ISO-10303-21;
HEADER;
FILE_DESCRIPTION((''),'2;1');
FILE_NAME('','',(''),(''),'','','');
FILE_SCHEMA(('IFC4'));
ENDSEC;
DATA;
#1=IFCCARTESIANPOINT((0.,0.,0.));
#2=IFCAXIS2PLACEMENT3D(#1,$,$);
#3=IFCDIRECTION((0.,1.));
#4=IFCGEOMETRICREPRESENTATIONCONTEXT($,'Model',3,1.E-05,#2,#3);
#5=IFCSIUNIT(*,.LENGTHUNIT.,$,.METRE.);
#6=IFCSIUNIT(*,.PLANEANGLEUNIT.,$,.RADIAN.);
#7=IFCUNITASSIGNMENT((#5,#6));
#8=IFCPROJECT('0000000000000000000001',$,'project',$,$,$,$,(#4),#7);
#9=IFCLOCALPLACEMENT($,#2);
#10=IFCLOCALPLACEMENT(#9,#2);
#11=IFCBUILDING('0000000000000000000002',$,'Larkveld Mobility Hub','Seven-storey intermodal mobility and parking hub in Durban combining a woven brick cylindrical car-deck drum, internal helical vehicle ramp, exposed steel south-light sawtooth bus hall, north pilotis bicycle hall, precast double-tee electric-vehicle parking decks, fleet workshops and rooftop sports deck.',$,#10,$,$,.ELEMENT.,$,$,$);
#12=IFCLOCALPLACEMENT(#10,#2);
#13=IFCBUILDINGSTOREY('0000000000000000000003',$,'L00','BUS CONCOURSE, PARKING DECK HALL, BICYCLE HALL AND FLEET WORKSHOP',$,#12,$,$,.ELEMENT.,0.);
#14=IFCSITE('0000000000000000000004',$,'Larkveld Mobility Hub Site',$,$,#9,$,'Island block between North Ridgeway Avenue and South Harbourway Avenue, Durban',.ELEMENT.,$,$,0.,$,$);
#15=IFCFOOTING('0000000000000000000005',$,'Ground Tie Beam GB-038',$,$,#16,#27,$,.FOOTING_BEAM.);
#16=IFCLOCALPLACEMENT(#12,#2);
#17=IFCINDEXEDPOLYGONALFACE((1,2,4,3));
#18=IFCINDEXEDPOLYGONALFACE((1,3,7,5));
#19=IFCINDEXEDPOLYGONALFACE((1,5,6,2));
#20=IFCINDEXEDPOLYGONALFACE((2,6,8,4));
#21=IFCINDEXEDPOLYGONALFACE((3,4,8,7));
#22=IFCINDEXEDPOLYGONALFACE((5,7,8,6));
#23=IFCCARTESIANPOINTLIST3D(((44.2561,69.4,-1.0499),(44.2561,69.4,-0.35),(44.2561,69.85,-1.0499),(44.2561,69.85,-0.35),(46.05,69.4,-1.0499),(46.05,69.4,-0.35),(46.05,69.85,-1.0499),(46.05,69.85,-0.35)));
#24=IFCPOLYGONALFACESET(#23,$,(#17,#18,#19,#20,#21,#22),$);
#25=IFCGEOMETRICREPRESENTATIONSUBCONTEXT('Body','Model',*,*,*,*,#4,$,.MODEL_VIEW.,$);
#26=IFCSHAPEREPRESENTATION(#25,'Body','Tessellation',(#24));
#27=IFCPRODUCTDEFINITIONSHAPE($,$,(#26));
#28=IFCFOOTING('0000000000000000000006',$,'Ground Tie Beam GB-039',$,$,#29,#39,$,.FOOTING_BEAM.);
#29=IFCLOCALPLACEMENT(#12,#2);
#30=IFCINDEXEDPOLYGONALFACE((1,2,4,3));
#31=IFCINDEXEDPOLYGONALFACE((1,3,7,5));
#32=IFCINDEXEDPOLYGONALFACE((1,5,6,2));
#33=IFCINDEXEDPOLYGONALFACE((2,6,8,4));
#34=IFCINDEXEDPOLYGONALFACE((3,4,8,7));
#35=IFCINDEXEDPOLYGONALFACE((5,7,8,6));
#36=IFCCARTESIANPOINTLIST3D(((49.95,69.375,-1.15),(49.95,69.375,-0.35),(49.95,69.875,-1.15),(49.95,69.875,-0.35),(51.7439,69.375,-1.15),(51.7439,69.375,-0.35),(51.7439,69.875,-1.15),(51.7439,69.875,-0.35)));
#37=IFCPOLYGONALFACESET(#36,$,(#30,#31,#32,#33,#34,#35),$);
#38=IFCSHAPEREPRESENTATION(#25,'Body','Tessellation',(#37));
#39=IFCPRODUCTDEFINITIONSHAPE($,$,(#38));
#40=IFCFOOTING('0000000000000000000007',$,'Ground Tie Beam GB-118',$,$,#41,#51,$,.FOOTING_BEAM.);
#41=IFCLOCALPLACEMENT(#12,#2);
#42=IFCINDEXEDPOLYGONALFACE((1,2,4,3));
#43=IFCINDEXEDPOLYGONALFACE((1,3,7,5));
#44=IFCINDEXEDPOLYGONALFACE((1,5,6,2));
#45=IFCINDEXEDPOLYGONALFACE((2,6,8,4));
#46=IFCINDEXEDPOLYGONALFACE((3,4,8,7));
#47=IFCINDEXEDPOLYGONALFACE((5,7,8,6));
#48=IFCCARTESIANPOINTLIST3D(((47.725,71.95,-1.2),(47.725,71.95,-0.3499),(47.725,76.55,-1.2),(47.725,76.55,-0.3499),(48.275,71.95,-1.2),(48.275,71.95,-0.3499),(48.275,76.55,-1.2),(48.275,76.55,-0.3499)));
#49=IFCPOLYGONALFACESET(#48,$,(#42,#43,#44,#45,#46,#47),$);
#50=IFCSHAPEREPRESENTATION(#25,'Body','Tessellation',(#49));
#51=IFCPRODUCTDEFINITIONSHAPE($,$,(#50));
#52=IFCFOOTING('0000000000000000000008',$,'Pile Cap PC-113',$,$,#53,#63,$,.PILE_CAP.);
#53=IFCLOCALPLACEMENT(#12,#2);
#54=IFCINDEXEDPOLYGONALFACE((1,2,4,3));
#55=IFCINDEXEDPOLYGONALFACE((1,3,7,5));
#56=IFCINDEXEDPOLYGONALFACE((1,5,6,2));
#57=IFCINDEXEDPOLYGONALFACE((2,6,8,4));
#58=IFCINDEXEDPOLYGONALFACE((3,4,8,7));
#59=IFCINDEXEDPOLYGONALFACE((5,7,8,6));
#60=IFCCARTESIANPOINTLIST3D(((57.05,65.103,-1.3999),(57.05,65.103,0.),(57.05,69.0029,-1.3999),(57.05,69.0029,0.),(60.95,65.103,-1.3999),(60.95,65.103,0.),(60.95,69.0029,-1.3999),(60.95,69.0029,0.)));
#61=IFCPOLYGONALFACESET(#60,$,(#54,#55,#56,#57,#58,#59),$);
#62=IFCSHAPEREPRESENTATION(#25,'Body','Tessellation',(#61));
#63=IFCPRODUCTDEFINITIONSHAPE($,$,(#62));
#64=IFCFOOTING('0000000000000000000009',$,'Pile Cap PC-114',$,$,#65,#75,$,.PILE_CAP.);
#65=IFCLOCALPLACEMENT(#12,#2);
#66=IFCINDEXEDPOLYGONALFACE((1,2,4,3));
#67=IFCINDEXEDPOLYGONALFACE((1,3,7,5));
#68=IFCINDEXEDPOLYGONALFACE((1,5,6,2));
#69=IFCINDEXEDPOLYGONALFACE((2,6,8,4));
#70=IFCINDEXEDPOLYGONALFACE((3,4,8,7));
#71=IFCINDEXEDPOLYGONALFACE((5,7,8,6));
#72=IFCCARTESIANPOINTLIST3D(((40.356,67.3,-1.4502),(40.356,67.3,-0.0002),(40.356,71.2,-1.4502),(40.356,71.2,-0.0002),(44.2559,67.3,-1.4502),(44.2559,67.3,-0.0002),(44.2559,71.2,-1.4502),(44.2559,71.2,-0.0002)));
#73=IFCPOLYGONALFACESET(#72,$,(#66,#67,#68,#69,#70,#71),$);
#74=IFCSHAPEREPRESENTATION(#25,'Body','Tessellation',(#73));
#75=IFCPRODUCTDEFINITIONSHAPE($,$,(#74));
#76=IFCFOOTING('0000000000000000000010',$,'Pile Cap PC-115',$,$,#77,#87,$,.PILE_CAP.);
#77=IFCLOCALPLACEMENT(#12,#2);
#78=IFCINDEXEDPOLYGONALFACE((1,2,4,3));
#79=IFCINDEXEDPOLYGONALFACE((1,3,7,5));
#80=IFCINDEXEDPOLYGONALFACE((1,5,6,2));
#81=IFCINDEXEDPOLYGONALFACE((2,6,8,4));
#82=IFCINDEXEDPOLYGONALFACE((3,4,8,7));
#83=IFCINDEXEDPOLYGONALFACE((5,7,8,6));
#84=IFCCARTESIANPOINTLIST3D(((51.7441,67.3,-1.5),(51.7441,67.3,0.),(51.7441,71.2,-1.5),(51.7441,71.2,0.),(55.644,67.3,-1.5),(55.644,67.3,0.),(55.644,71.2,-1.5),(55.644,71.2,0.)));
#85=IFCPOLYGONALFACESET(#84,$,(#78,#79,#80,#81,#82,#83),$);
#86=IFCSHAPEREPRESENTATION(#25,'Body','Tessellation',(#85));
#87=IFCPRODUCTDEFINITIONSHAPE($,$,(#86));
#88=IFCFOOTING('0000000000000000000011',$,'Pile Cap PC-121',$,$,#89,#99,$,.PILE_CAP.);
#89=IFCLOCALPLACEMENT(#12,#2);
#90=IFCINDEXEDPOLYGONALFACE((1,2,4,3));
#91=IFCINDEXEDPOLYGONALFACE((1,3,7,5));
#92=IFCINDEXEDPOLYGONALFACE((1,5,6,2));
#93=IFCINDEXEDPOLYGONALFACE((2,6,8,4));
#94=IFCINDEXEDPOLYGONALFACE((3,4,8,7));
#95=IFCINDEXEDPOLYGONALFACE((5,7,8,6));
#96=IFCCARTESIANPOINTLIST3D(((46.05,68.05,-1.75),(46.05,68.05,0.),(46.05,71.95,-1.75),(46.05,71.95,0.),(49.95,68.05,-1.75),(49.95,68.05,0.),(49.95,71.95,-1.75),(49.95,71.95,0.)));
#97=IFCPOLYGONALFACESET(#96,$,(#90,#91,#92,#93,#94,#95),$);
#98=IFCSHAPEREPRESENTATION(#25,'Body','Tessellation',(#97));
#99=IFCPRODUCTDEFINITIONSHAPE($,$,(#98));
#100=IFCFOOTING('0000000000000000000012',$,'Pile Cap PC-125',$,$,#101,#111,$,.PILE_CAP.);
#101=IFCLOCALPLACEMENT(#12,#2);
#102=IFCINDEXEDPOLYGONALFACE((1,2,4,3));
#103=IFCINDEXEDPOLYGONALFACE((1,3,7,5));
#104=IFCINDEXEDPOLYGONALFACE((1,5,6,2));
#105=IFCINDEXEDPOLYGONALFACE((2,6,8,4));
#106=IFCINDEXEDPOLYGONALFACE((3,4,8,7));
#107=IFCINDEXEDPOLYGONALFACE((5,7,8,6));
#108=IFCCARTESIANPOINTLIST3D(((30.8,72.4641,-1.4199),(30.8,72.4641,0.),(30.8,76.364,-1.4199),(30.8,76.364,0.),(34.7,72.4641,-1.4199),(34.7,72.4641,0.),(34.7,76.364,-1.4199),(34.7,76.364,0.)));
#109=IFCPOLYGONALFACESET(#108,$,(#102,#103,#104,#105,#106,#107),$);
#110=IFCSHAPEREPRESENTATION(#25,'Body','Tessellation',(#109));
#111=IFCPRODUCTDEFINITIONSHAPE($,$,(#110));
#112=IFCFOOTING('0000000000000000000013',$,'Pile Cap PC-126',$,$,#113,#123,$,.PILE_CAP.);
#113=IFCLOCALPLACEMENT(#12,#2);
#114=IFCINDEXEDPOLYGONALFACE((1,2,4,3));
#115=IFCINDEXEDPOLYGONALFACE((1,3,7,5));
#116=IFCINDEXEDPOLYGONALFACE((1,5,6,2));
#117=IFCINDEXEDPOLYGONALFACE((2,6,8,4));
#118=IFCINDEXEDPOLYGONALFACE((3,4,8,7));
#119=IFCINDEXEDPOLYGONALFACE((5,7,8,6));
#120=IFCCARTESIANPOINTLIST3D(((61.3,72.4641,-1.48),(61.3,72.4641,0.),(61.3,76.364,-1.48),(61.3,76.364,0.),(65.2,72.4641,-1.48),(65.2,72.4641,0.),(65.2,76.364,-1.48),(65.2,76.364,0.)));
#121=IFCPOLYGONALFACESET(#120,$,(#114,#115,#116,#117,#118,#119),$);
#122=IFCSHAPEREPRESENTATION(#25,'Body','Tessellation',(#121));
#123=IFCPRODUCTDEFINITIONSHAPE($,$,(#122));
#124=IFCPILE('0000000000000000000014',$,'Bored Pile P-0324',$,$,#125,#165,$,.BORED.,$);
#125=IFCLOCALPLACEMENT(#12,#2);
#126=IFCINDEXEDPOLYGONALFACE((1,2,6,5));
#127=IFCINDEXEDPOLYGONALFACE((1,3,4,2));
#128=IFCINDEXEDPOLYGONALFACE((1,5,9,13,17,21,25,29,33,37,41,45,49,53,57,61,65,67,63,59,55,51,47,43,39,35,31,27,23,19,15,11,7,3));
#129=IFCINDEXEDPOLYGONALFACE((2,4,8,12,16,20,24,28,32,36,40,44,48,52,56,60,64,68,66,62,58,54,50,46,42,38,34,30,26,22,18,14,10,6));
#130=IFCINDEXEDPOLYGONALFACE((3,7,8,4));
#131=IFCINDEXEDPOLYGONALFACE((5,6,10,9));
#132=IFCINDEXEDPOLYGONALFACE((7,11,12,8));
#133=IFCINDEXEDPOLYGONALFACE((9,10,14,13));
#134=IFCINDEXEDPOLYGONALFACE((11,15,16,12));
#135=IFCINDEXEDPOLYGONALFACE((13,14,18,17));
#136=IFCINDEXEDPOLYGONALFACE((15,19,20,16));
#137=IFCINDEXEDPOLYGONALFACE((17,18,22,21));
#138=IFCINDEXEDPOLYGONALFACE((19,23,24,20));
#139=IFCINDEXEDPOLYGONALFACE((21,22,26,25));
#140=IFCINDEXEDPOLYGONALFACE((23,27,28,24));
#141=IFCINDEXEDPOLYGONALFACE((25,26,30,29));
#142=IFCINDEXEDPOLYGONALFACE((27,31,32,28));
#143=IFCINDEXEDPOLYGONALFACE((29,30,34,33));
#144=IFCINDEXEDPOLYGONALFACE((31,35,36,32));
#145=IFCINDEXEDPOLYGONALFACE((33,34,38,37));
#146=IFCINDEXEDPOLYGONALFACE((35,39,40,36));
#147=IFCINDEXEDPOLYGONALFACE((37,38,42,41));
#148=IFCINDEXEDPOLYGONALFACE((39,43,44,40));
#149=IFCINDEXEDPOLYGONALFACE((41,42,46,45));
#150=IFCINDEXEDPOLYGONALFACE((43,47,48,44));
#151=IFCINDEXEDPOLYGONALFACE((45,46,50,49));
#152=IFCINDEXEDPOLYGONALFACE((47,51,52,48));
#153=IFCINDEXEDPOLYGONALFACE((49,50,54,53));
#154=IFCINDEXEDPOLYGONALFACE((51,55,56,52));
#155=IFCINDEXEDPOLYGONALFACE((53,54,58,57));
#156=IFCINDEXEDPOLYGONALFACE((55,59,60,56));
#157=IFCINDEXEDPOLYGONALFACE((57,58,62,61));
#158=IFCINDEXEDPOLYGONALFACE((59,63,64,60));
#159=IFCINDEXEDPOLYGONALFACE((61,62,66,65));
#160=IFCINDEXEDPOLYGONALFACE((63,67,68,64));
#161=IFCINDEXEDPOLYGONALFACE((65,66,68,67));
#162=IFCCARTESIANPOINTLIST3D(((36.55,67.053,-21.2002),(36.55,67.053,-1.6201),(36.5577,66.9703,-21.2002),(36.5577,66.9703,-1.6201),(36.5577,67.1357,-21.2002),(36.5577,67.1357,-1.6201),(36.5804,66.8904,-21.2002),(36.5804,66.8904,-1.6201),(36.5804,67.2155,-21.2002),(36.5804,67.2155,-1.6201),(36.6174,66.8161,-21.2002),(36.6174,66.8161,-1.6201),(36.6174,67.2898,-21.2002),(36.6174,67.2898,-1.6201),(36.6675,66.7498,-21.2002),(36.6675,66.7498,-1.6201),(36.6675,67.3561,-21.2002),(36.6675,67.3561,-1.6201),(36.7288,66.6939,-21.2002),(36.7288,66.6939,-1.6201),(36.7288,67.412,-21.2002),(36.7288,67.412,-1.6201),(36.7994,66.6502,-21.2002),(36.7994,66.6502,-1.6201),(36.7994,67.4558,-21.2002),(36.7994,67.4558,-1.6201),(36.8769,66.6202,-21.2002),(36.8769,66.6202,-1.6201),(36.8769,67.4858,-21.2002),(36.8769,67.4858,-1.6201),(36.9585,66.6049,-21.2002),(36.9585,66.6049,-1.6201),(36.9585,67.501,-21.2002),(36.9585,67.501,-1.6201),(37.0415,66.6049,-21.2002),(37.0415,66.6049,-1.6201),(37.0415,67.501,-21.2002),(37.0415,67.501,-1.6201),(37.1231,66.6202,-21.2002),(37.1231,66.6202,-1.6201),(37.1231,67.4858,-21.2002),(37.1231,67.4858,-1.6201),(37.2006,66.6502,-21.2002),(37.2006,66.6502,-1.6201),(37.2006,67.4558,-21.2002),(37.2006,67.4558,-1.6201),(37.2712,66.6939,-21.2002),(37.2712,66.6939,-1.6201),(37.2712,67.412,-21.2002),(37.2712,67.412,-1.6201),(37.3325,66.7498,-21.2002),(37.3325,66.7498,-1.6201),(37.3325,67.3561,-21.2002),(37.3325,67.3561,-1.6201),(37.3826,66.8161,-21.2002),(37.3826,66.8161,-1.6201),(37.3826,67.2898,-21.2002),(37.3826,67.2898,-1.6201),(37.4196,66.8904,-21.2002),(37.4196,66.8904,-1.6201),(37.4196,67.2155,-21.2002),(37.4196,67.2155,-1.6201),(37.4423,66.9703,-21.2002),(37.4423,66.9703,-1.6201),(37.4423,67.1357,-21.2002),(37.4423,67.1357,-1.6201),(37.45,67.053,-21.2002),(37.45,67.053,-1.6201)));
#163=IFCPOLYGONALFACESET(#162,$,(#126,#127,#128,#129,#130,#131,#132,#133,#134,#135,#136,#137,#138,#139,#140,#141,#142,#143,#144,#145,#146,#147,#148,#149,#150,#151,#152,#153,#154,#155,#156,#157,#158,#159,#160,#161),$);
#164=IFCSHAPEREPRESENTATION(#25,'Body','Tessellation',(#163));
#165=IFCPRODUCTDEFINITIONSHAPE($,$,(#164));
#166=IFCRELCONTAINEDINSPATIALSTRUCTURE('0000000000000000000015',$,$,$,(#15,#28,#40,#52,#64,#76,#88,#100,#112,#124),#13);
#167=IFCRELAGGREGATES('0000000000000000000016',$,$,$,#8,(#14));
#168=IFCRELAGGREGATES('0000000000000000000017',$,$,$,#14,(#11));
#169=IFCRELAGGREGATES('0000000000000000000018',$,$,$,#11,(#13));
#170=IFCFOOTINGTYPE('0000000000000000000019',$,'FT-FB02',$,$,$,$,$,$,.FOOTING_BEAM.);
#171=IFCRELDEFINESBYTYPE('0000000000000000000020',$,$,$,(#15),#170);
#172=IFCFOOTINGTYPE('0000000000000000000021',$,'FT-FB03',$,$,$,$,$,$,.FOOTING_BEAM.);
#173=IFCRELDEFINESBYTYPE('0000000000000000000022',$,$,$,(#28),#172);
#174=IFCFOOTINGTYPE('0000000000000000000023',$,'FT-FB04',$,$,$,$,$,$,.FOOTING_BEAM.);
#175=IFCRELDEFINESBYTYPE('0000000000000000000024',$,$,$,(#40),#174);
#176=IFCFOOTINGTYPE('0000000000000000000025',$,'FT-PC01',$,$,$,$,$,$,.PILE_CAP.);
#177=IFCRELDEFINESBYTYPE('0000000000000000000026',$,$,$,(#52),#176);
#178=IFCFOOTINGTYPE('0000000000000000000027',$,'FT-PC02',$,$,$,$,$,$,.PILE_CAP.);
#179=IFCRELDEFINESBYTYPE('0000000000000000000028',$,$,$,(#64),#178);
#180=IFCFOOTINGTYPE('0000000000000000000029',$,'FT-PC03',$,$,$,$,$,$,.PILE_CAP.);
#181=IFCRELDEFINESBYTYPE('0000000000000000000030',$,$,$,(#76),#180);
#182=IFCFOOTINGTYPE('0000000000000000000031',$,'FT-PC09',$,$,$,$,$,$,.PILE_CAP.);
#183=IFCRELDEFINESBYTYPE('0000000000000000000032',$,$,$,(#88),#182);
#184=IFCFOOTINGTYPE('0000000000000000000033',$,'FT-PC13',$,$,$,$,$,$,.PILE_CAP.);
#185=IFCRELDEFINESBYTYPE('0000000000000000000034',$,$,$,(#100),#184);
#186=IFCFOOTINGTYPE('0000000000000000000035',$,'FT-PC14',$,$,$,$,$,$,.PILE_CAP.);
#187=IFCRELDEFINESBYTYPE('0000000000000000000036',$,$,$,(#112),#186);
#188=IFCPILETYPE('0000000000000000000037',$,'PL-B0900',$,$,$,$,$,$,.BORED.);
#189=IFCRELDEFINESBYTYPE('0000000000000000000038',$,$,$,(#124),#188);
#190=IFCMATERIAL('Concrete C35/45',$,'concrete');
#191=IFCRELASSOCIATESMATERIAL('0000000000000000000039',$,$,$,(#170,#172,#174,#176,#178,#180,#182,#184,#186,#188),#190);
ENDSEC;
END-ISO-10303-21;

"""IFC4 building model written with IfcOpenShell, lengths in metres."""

from ifc_helpers import new_model, si_unit, direction, frame, origin, origin_2d, place, context, subcontext, project, spatial, rectangle, circle, extrude, material, material_profile, profile_set, type_object, element, save


model = new_model("IFC4")

# Units and contexts
model_context = context("Model", 3, precision=1e-05, world=origin(), true_north=direction((0.0, 1.0)))
body_context = subcontext(model_context, "Body", "Model", "MODEL_VIEW")
ifc_project = project(units=[si_unit("LENGTHUNIT", "METRE"), si_unit("PLANEANGLEUNIT", "RADIAN")], contexts=[model_context])

# Site, building, storey
site_placement = place(None, origin())
site = spatial("IfcSite", under=ifc_project, at=site_placement, Name="Larkveld Mobility Hub Site", LongName="Island block between North Ridgeway Avenue and South Harbourway Avenue, Durban", CompositionType="ELEMENT", RefElevation=0.0)
building_placement = place(site_placement, origin())
building = spatial("IfcBuilding", under=site, at=building_placement, Name="Larkveld Mobility Hub", Description="Seven-storey intermodal mobility and parking hub in Durban combining a woven brick cylindrical car-deck drum, internal helical vehicle ramp, exposed steel south-light sawtooth bus hall, north pilotis bicycle hall, precast double-tee electric-vehicle parking decks, fleet workshops and rooftop sports deck.", CompositionType="ELEMENT")
storey_placement = place(building_placement, origin())
storey = spatial("IfcBuildingStorey", under=building, at=storey_placement, Name="L00", Description="BUS CONCOURSE, PARKING DECK HALL, BICYCLE HALL AND FLEET WORKSHOP", CompositionType="ELEMENT", Elevation=0.0)

# Footings
ifc_material_1 = material(Name="Concrete C35/45", Category="concrete")
ifc_material_profile_1 = material_profile(ifc_material_1, rectangle(XDim=0.45, YDim=0.7, at=origin_2d()), Name="RC BM 450x700")
ifc_profile_set_1 = profile_set([ifc_material_profile_1], Name="Concrete C35/45")
footing_type_1 = type_object("IfcFootingType", Name="FT-FB02", PredefinedType="FOOTING_BEAM", material=ifc_profile_set_1)
footing_1_placement = place(storey_placement, frame((44.2561, 69.625, -0.7), z_axis=(1.0, 0.0, 0.0), x_axis=(0.0, 1.0, 0.0)))
element("IfcFooting", 1, at=footing_1_placement, inside=storey, type_object=footing_type_1, Name="Ground Tie Beam GB-038", PredefinedType="FOOTING_BEAM", context=body_context, shape_type="SweptSolid", body=[
    extrude(rectangle(XDim=0.45, YDim=0.7, at=origin_2d()), origin(), (0.0, 0.0, 1.0), 1.7939),
])
ifc_material_profile_2 = material_profile(ifc_material_1, rectangle(XDim=0.5, YDim=0.8, at=origin_2d()), Name="RC BM 500x800")
ifc_profile_set_2 = profile_set([ifc_material_profile_2], Name="Concrete C35/45")
footing_type_2 = type_object("IfcFootingType", Name="FT-FB03", PredefinedType="FOOTING_BEAM", material=ifc_profile_set_2)
footing_2_placement = place(storey_placement, frame((49.95, 69.625, -0.75), z_axis=(1.0, 0.0, 0.0), x_axis=(0.0, 1.0, 0.0)))
element("IfcFooting", 2, at=footing_2_placement, inside=storey, type_object=footing_type_2, Name="Ground Tie Beam GB-039", PredefinedType="FOOTING_BEAM", context=body_context, shape_type="SweptSolid", body=[
    extrude(rectangle(XDim=0.5, YDim=0.8, at=origin_2d()), origin(), (0.0, 0.0, 1.0), 1.7939),
])
ifc_material_profile_3 = material_profile(ifc_material_1, rectangle(XDim=0.55, YDim=0.8501, at=origin_2d()), Name="RC BM 550x850")
ifc_profile_set_3 = profile_set([ifc_material_profile_3], Name="Concrete C35/45")
footing_type_3 = type_object("IfcFootingType", Name="FT-FB04", PredefinedType="FOOTING_BEAM", material=ifc_profile_set_3)
footing_3_placement = place(storey_placement, frame((48.0, 71.95, -0.7749), z_axis=(0.0, 1.0, 0.0), x_axis=(-1.0, 0.0, 0.0)))
element("IfcFooting", 3, at=footing_3_placement, inside=storey, type_object=footing_type_3, Name="Ground Tie Beam GB-118", PredefinedType="FOOTING_BEAM", context=body_context, shape_type="SweptSolid", body=[
    extrude(rectangle(XDim=0.55, YDim=0.8501, at=origin_2d()), origin(), (0.0, 0.0, 1.0), 4.6001),
])
footing_type_4 = type_object("IfcFootingType", Name="FT-PC01", PredefinedType="PILE_CAP", material=ifc_material_1)
footing_4_placement = place(storey_placement, frame((59.0, 67.053, -1.3999), z_axis=(0.0, 0.0, 1.0), x_axis=(1.0, 0.0, 0.0)))
element("IfcFooting", 4, at=footing_4_placement, inside=storey, type_object=footing_type_4, Name="Pile Cap PC-113", PredefinedType="PILE_CAP", context=body_context, shape_type="SweptSolid", body=[
    extrude(rectangle(XDim=3.8999, YDim=3.8999, at=origin_2d()), origin(), (0.0, 0.0, 1.0), 1.3999),
])
footing_type_5 = type_object("IfcFootingType", Name="FT-PC02", PredefinedType="PILE_CAP", material=ifc_material_1)
footing_5_placement = place(storey_placement, frame((42.3059, 69.25, -1.4502), z_axis=(0.0, 0.0, 1.0), x_axis=(1.0, 0.0, 0.0)))
element("IfcFooting", 5, at=footing_5_placement, inside=storey, type_object=footing_type_5, Name="Pile Cap PC-114", PredefinedType="PILE_CAP", context=body_context, shape_type="SweptSolid", body=[
    extrude(rectangle(XDim=3.8999, YDim=3.8999, at=origin_2d()), origin(), (0.0, 0.0, 1.0), 1.45),
])
footing_type_6 = type_object("IfcFootingType", Name="FT-PC03", PredefinedType="PILE_CAP", material=ifc_material_1)
footing_6_placement = place(storey_placement, frame((53.6941, 69.25, -1.5), z_axis=(0.0, 0.0, 1.0), x_axis=(1.0, 0.0, 0.0)))
element("IfcFooting", 6, at=footing_6_placement, inside=storey, type_object=footing_type_6, Name="Pile Cap PC-115", PredefinedType="PILE_CAP", context=body_context, shape_type="SweptSolid", body=[
    extrude(rectangle(XDim=3.8999, YDim=3.8999, at=origin_2d()), origin(), (0.0, 0.0, 1.0), 1.5),
])
footing_type_7 = type_object("IfcFootingType", Name="FT-PC09", PredefinedType="PILE_CAP", material=ifc_material_1)
footing_7_placement = place(storey_placement, frame((48.0, 70.0, -1.75), z_axis=(0.0, 0.0, 1.0), x_axis=(1.0, 0.0, 0.0)))
element("IfcFooting", 7, at=footing_7_placement, inside=storey, type_object=footing_type_7, Name="Pile Cap PC-121", PredefinedType="PILE_CAP", context=body_context, shape_type="SweptSolid", body=[
    extrude(rectangle(XDim=3.8999, YDim=3.8999, at=origin_2d()), origin(), (0.0, 0.0, 1.0), 1.75),
])
footing_type_8 = type_object("IfcFootingType", Name="FT-PC13", PredefinedType="PILE_CAP", material=ifc_material_1)
footing_8_placement = place(storey_placement, frame((32.75, 74.4141, -1.4199), z_axis=(0.0, 0.0, 1.0), x_axis=(1.0, 0.0, 0.0)))
element("IfcFooting", 8, at=footing_8_placement, inside=storey, type_object=footing_type_8, Name="Pile Cap PC-125", PredefinedType="PILE_CAP", context=body_context, shape_type="SweptSolid", body=[
    extrude(rectangle(XDim=3.8999, YDim=3.8999, at=origin_2d()), origin(), (0.0, 0.0, 1.0), 1.4199),
])
footing_type_9 = type_object("IfcFootingType", Name="FT-PC14", PredefinedType="PILE_CAP", material=ifc_material_1)
footing_9_placement = place(storey_placement, frame((63.25, 74.4141, -1.48), z_axis=(0.0, 0.0, 1.0), x_axis=(1.0, 0.0, 0.0)))
element("IfcFooting", 9, at=footing_9_placement, inside=storey, type_object=footing_type_9, Name="Pile Cap PC-126", PredefinedType="PILE_CAP", context=body_context, shape_type="SweptSolid", body=[
    extrude(rectangle(XDim=3.8999, YDim=3.8999, at=origin_2d()), origin(), (0.0, 0.0, 1.0), 1.48),
])

# Pile
ifc_material_profile_4 = material_profile(ifc_material_1, circle(Radius=0.45, at=origin_2d()), Name="PILE D900")
ifc_profile_set_4 = profile_set([ifc_material_profile_4], Name="Concrete C35/45")
pile_type = type_object("IfcPileType", Name="PL-B0900", PredefinedType="BORED", material=ifc_profile_set_4)
pile_1_placement = place(storey_placement, frame((37.0, 67.053, -1.6201), z_axis=(0.0, 0.0, -1.0), x_axis=(1.0, 0.0, 0.0)))
element("IfcPile", 10, at=pile_1_placement, inside=storey, type_object=pile_type, Name="Bored Pile P-0324", PredefinedType="BORED", context=body_context, shape_type="SweptSolid", body=[
    extrude(circle(Radius=0.45, at=origin_2d()), origin(), (0.0, 0.0, 1.0), 19.5801),
])

save(model, "model.ifc")
